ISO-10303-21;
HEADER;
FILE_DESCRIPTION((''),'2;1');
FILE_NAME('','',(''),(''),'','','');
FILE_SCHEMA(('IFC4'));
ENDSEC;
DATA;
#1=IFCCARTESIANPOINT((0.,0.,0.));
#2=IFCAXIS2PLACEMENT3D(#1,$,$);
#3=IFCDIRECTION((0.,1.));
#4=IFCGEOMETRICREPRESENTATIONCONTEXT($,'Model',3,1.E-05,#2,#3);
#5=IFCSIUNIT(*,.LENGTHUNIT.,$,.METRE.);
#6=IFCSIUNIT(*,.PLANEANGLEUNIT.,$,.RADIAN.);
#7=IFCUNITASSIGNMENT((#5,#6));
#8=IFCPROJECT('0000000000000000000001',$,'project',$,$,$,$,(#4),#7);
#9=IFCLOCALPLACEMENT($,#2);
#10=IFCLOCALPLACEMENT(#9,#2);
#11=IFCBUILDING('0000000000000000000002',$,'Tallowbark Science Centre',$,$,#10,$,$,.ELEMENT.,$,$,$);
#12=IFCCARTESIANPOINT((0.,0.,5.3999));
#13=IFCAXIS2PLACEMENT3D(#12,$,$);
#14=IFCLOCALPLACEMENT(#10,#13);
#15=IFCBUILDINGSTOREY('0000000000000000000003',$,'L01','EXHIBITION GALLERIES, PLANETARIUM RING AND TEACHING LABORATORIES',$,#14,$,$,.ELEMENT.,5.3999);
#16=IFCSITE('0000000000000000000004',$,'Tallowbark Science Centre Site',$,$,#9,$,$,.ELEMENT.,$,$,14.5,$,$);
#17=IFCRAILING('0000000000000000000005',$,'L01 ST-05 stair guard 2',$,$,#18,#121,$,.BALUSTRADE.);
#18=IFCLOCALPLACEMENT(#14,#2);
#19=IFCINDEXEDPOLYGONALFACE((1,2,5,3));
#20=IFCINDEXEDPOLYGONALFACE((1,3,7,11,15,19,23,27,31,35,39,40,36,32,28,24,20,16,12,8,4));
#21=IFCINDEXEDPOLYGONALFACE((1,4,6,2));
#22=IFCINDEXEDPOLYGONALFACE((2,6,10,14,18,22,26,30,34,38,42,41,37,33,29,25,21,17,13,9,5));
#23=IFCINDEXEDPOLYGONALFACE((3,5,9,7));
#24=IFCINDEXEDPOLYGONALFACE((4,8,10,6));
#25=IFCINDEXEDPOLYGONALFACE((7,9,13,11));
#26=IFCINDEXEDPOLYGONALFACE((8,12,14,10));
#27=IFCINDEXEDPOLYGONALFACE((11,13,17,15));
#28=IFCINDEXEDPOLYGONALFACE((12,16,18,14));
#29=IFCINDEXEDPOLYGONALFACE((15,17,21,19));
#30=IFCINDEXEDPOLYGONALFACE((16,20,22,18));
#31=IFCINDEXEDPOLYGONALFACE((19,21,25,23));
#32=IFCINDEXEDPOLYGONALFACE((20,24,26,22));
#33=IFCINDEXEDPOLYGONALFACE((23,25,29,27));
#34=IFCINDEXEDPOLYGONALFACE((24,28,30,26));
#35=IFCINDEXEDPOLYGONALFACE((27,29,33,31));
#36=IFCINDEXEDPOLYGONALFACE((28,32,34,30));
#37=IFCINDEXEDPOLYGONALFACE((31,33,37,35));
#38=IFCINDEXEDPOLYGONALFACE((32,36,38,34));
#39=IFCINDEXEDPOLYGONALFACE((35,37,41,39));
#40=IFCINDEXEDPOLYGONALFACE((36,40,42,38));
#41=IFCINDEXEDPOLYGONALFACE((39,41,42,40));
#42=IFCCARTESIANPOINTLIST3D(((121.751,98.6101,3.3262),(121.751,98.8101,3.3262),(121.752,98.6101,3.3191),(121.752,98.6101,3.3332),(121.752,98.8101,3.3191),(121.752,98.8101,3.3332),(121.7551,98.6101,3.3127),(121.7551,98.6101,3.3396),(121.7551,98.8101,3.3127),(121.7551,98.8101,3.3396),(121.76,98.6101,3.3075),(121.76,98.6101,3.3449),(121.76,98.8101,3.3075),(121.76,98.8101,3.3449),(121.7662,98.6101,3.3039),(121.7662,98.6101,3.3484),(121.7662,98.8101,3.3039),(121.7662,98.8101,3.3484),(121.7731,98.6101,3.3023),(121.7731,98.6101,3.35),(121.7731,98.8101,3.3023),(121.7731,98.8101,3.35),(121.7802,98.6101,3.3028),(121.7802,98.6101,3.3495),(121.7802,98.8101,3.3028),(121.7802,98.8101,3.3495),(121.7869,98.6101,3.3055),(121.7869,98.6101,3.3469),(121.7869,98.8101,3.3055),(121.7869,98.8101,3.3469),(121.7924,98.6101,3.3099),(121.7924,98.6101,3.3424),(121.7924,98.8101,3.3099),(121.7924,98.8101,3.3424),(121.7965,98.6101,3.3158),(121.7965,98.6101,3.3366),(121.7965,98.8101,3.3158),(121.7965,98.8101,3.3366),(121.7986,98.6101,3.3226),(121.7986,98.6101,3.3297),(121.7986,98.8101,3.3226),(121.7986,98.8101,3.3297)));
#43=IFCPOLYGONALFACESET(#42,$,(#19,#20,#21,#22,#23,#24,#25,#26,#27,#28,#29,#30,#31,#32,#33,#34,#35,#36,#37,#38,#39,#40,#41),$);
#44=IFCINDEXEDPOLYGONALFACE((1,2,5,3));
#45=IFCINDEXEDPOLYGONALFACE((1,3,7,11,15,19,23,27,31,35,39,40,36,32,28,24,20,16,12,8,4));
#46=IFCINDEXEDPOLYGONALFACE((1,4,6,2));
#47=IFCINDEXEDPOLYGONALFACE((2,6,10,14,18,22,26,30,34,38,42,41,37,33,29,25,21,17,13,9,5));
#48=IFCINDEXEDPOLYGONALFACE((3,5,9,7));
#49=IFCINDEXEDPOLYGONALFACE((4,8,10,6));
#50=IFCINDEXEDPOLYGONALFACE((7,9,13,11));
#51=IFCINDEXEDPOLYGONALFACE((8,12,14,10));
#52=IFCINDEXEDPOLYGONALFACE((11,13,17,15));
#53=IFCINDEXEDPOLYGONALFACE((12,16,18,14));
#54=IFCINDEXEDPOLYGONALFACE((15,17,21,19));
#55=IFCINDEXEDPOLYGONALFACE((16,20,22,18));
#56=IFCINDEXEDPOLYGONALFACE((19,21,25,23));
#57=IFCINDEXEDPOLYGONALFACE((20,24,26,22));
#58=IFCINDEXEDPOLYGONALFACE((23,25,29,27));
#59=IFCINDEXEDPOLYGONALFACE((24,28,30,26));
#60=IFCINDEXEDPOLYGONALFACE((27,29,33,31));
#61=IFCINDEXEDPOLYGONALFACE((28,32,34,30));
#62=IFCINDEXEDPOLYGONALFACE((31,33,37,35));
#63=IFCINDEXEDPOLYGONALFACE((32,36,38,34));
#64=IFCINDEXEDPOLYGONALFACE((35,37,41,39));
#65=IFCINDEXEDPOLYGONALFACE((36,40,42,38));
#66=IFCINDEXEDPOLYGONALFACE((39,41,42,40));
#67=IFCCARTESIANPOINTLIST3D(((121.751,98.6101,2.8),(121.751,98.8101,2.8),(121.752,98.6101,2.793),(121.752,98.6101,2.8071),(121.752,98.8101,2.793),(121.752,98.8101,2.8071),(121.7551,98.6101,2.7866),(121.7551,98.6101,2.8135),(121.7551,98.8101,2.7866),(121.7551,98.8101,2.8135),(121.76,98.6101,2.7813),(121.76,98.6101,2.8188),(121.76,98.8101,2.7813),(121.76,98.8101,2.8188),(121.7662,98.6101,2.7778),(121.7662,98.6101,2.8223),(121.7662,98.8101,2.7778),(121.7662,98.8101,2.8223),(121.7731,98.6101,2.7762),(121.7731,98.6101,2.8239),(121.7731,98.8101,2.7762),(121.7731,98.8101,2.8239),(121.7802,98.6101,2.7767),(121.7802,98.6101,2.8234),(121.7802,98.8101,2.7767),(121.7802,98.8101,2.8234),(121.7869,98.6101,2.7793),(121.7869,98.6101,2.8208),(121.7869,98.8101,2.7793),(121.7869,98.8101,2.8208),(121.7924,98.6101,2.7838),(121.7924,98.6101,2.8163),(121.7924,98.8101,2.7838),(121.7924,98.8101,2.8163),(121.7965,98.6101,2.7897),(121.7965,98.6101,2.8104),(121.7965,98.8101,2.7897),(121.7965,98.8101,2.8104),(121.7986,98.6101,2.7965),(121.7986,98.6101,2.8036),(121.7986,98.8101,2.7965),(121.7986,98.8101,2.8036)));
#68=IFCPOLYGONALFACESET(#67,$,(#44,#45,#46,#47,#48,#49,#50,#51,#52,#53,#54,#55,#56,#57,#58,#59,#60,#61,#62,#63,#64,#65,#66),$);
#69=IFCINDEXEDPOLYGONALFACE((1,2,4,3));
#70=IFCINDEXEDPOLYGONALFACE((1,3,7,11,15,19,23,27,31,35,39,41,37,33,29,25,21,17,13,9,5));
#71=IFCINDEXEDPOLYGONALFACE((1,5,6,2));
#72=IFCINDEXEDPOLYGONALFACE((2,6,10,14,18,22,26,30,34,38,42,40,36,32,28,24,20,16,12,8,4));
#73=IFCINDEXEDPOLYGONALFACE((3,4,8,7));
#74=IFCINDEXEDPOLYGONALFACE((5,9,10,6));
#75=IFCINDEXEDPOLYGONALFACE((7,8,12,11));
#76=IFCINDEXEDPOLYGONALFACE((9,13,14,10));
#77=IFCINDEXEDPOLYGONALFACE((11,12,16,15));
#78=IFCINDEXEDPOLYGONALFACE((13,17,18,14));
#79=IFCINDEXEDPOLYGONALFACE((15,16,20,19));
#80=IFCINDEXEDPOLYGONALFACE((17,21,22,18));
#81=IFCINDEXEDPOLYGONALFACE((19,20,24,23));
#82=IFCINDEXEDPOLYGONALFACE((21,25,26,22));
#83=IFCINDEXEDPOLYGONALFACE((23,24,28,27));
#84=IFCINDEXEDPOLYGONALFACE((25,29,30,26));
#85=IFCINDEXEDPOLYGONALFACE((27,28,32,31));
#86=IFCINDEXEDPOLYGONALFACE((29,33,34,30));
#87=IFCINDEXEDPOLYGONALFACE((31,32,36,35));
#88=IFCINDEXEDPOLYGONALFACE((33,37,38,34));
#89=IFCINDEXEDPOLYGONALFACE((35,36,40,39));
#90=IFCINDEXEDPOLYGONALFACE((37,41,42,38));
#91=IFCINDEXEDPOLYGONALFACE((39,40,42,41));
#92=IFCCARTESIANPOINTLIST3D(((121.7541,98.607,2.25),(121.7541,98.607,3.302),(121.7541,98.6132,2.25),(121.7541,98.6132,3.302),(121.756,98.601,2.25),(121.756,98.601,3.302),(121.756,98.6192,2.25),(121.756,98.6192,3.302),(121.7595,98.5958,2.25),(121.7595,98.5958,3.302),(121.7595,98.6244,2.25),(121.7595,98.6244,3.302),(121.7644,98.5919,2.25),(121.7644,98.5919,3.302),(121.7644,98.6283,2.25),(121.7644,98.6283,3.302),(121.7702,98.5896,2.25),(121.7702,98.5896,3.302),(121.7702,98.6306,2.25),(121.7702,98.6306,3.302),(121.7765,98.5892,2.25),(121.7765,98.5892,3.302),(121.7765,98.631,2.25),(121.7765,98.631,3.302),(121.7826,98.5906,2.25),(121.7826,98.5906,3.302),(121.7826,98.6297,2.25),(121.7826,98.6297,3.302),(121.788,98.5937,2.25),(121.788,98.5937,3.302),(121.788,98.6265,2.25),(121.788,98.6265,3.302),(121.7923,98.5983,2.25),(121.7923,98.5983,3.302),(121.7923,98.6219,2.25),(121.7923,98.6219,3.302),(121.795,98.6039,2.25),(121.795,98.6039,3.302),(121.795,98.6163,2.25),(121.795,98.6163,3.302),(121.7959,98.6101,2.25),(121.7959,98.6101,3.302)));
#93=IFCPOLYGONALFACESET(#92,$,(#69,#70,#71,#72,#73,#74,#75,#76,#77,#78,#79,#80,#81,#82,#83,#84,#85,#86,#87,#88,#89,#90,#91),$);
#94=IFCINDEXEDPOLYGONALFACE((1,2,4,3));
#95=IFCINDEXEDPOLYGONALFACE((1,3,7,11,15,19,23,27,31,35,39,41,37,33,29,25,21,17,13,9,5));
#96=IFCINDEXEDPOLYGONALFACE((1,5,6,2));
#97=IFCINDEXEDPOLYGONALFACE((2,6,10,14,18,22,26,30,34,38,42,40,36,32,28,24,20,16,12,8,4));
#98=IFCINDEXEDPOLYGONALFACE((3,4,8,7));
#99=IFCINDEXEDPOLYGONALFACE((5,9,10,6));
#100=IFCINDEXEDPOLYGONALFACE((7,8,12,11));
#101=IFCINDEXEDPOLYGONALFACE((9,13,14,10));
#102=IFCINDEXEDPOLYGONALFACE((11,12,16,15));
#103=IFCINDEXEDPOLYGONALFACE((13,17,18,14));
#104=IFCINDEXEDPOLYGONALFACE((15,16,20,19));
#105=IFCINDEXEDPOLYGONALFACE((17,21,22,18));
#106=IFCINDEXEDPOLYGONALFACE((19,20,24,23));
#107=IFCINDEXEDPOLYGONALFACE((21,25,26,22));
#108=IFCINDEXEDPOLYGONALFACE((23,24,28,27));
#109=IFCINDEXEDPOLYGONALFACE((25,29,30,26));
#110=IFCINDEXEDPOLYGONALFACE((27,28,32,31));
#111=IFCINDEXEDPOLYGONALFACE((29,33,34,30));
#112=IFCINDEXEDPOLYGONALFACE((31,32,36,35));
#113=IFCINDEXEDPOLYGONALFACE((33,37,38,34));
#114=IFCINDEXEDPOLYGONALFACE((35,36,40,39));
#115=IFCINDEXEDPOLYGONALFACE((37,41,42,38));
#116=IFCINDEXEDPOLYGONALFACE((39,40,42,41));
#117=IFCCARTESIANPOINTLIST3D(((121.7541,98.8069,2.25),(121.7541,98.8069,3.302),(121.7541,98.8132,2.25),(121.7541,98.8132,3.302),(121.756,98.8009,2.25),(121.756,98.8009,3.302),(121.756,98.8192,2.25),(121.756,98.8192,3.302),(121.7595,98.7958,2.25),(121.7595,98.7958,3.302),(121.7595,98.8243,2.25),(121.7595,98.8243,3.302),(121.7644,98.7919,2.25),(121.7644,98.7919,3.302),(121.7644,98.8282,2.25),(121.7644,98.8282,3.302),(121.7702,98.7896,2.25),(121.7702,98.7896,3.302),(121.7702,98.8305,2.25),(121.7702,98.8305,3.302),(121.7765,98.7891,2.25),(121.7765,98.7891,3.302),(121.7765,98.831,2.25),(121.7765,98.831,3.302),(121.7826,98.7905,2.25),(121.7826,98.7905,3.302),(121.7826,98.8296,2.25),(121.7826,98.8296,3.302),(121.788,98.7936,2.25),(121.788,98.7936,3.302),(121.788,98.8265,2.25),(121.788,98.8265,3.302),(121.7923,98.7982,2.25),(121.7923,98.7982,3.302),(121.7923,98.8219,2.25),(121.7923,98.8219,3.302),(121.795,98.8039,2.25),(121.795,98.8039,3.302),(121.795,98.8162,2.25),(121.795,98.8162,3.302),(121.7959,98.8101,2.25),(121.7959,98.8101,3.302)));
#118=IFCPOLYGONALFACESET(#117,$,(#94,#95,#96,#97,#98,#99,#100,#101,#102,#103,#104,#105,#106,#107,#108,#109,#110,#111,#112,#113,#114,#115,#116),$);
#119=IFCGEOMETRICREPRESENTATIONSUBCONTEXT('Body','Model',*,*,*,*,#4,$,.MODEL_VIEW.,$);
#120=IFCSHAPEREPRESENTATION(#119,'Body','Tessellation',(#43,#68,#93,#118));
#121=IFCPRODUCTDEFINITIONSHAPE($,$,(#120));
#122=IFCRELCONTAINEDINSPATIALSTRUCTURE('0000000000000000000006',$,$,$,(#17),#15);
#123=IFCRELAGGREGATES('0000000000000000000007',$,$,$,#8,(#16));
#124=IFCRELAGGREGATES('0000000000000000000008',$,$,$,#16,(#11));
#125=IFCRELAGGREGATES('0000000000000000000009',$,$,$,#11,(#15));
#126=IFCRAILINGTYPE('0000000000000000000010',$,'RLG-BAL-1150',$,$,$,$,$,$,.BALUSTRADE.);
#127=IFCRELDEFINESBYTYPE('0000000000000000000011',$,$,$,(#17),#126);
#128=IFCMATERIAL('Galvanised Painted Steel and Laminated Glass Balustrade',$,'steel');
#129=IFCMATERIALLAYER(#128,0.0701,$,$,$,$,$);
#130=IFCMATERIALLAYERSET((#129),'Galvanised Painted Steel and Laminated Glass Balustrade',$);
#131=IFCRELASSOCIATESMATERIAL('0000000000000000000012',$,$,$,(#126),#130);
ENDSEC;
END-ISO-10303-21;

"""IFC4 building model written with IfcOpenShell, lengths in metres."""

from ifc_helpers import new_model, si_unit, direction, frame, origin, origin_2d, place, context, subcontext, project, spatial, circle, extrude, material, layer, layer_set, type_object, element, save


model = new_model("IFC4")

# Units and contexts
model_context = context("Model", 3, precision=1e-05, world=origin(), true_north=direction((0.0, 1.0)))
body_context = subcontext(model_context, "Body", "Model", "MODEL_VIEW")
ifc_project = project(units=[si_unit("LENGTHUNIT", "METRE"), si_unit("PLANEANGLEUNIT", "RADIAN")], contexts=[model_context])

# Site, building, storey
site_placement = place(None, origin())
site = spatial("IfcSite", under=ifc_project, at=site_placement, Name="Tallowbark Science Centre Site", CompositionType="ELEMENT", RefElevation=14.5)
building_placement = place(site_placement, origin())
building = spatial("IfcBuilding", under=site, at=building_placement, Name="Tallowbark Science Centre", CompositionType="ELEMENT")
storey_placement = place(building_placement, frame((0.0, 0.0, 5.3999)))
storey = spatial("IfcBuildingStorey", under=building, at=storey_placement, Name="L01", Description="EXHIBITION GALLERIES, PLANETARIUM RING AND TEACHING LABORATORIES", CompositionType="ELEMENT", Elevation=5.3999)

# Railing
ifc_material_1 = material(Name="Galvanised Painted Steel and Laminated Glass Balustrade", Category="steel")
ifc_layer_1 = layer(ifc_material_1, 0.0701)
ifc_layer_set_1 = layer_set([ifc_layer_1], Name="Galvanised Painted Steel and Laminated Glass Balustrade")
railing_type_1 = type_object("IfcRailingType", Name="RLG-BAL-1150", PredefinedType="BALUSTRADE", material=ifc_layer_set_1)
railing_1_placement = place(storey_placement, frame((121.7749, 98.6101, 2.25)))
element("IfcRailing", 1, at=railing_1_placement, inside=storey, type_object=railing_type_1, Name="L01 ST-05 stair guard 2", PredefinedType="BALUSTRADE", context=body_context, shape_type="SweptSolid", body=[
    extrude(circle(Radius=0.0239, at=origin_2d()), frame((0.0, 0.0, 1.0762), z_axis=(0.0, 1.0, 0.0), x_axis=(-1.0, 0.0, 0.0)), (0.0, 0.0, 1.0), 0.2),
    extrude(circle(Radius=0.0239, at=origin_2d()), frame((0.0, 0.0, 0.55), z_axis=(0.0, 1.0, 0.0), x_axis=(-1.0, 0.0, 0.0)), (0.0, 0.0, 1.0), 0.2),
    extrude(circle(Radius=0.021, at=origin_2d()), origin(), (0.0, 0.0, 1.0), 1.052),
    extrude(circle(Radius=0.021, at=origin_2d()), frame((0.0, 0.2, 0.0)), (0.0, 0.0, 1.0), 1.052),
])

save(model, "model.ifc")
